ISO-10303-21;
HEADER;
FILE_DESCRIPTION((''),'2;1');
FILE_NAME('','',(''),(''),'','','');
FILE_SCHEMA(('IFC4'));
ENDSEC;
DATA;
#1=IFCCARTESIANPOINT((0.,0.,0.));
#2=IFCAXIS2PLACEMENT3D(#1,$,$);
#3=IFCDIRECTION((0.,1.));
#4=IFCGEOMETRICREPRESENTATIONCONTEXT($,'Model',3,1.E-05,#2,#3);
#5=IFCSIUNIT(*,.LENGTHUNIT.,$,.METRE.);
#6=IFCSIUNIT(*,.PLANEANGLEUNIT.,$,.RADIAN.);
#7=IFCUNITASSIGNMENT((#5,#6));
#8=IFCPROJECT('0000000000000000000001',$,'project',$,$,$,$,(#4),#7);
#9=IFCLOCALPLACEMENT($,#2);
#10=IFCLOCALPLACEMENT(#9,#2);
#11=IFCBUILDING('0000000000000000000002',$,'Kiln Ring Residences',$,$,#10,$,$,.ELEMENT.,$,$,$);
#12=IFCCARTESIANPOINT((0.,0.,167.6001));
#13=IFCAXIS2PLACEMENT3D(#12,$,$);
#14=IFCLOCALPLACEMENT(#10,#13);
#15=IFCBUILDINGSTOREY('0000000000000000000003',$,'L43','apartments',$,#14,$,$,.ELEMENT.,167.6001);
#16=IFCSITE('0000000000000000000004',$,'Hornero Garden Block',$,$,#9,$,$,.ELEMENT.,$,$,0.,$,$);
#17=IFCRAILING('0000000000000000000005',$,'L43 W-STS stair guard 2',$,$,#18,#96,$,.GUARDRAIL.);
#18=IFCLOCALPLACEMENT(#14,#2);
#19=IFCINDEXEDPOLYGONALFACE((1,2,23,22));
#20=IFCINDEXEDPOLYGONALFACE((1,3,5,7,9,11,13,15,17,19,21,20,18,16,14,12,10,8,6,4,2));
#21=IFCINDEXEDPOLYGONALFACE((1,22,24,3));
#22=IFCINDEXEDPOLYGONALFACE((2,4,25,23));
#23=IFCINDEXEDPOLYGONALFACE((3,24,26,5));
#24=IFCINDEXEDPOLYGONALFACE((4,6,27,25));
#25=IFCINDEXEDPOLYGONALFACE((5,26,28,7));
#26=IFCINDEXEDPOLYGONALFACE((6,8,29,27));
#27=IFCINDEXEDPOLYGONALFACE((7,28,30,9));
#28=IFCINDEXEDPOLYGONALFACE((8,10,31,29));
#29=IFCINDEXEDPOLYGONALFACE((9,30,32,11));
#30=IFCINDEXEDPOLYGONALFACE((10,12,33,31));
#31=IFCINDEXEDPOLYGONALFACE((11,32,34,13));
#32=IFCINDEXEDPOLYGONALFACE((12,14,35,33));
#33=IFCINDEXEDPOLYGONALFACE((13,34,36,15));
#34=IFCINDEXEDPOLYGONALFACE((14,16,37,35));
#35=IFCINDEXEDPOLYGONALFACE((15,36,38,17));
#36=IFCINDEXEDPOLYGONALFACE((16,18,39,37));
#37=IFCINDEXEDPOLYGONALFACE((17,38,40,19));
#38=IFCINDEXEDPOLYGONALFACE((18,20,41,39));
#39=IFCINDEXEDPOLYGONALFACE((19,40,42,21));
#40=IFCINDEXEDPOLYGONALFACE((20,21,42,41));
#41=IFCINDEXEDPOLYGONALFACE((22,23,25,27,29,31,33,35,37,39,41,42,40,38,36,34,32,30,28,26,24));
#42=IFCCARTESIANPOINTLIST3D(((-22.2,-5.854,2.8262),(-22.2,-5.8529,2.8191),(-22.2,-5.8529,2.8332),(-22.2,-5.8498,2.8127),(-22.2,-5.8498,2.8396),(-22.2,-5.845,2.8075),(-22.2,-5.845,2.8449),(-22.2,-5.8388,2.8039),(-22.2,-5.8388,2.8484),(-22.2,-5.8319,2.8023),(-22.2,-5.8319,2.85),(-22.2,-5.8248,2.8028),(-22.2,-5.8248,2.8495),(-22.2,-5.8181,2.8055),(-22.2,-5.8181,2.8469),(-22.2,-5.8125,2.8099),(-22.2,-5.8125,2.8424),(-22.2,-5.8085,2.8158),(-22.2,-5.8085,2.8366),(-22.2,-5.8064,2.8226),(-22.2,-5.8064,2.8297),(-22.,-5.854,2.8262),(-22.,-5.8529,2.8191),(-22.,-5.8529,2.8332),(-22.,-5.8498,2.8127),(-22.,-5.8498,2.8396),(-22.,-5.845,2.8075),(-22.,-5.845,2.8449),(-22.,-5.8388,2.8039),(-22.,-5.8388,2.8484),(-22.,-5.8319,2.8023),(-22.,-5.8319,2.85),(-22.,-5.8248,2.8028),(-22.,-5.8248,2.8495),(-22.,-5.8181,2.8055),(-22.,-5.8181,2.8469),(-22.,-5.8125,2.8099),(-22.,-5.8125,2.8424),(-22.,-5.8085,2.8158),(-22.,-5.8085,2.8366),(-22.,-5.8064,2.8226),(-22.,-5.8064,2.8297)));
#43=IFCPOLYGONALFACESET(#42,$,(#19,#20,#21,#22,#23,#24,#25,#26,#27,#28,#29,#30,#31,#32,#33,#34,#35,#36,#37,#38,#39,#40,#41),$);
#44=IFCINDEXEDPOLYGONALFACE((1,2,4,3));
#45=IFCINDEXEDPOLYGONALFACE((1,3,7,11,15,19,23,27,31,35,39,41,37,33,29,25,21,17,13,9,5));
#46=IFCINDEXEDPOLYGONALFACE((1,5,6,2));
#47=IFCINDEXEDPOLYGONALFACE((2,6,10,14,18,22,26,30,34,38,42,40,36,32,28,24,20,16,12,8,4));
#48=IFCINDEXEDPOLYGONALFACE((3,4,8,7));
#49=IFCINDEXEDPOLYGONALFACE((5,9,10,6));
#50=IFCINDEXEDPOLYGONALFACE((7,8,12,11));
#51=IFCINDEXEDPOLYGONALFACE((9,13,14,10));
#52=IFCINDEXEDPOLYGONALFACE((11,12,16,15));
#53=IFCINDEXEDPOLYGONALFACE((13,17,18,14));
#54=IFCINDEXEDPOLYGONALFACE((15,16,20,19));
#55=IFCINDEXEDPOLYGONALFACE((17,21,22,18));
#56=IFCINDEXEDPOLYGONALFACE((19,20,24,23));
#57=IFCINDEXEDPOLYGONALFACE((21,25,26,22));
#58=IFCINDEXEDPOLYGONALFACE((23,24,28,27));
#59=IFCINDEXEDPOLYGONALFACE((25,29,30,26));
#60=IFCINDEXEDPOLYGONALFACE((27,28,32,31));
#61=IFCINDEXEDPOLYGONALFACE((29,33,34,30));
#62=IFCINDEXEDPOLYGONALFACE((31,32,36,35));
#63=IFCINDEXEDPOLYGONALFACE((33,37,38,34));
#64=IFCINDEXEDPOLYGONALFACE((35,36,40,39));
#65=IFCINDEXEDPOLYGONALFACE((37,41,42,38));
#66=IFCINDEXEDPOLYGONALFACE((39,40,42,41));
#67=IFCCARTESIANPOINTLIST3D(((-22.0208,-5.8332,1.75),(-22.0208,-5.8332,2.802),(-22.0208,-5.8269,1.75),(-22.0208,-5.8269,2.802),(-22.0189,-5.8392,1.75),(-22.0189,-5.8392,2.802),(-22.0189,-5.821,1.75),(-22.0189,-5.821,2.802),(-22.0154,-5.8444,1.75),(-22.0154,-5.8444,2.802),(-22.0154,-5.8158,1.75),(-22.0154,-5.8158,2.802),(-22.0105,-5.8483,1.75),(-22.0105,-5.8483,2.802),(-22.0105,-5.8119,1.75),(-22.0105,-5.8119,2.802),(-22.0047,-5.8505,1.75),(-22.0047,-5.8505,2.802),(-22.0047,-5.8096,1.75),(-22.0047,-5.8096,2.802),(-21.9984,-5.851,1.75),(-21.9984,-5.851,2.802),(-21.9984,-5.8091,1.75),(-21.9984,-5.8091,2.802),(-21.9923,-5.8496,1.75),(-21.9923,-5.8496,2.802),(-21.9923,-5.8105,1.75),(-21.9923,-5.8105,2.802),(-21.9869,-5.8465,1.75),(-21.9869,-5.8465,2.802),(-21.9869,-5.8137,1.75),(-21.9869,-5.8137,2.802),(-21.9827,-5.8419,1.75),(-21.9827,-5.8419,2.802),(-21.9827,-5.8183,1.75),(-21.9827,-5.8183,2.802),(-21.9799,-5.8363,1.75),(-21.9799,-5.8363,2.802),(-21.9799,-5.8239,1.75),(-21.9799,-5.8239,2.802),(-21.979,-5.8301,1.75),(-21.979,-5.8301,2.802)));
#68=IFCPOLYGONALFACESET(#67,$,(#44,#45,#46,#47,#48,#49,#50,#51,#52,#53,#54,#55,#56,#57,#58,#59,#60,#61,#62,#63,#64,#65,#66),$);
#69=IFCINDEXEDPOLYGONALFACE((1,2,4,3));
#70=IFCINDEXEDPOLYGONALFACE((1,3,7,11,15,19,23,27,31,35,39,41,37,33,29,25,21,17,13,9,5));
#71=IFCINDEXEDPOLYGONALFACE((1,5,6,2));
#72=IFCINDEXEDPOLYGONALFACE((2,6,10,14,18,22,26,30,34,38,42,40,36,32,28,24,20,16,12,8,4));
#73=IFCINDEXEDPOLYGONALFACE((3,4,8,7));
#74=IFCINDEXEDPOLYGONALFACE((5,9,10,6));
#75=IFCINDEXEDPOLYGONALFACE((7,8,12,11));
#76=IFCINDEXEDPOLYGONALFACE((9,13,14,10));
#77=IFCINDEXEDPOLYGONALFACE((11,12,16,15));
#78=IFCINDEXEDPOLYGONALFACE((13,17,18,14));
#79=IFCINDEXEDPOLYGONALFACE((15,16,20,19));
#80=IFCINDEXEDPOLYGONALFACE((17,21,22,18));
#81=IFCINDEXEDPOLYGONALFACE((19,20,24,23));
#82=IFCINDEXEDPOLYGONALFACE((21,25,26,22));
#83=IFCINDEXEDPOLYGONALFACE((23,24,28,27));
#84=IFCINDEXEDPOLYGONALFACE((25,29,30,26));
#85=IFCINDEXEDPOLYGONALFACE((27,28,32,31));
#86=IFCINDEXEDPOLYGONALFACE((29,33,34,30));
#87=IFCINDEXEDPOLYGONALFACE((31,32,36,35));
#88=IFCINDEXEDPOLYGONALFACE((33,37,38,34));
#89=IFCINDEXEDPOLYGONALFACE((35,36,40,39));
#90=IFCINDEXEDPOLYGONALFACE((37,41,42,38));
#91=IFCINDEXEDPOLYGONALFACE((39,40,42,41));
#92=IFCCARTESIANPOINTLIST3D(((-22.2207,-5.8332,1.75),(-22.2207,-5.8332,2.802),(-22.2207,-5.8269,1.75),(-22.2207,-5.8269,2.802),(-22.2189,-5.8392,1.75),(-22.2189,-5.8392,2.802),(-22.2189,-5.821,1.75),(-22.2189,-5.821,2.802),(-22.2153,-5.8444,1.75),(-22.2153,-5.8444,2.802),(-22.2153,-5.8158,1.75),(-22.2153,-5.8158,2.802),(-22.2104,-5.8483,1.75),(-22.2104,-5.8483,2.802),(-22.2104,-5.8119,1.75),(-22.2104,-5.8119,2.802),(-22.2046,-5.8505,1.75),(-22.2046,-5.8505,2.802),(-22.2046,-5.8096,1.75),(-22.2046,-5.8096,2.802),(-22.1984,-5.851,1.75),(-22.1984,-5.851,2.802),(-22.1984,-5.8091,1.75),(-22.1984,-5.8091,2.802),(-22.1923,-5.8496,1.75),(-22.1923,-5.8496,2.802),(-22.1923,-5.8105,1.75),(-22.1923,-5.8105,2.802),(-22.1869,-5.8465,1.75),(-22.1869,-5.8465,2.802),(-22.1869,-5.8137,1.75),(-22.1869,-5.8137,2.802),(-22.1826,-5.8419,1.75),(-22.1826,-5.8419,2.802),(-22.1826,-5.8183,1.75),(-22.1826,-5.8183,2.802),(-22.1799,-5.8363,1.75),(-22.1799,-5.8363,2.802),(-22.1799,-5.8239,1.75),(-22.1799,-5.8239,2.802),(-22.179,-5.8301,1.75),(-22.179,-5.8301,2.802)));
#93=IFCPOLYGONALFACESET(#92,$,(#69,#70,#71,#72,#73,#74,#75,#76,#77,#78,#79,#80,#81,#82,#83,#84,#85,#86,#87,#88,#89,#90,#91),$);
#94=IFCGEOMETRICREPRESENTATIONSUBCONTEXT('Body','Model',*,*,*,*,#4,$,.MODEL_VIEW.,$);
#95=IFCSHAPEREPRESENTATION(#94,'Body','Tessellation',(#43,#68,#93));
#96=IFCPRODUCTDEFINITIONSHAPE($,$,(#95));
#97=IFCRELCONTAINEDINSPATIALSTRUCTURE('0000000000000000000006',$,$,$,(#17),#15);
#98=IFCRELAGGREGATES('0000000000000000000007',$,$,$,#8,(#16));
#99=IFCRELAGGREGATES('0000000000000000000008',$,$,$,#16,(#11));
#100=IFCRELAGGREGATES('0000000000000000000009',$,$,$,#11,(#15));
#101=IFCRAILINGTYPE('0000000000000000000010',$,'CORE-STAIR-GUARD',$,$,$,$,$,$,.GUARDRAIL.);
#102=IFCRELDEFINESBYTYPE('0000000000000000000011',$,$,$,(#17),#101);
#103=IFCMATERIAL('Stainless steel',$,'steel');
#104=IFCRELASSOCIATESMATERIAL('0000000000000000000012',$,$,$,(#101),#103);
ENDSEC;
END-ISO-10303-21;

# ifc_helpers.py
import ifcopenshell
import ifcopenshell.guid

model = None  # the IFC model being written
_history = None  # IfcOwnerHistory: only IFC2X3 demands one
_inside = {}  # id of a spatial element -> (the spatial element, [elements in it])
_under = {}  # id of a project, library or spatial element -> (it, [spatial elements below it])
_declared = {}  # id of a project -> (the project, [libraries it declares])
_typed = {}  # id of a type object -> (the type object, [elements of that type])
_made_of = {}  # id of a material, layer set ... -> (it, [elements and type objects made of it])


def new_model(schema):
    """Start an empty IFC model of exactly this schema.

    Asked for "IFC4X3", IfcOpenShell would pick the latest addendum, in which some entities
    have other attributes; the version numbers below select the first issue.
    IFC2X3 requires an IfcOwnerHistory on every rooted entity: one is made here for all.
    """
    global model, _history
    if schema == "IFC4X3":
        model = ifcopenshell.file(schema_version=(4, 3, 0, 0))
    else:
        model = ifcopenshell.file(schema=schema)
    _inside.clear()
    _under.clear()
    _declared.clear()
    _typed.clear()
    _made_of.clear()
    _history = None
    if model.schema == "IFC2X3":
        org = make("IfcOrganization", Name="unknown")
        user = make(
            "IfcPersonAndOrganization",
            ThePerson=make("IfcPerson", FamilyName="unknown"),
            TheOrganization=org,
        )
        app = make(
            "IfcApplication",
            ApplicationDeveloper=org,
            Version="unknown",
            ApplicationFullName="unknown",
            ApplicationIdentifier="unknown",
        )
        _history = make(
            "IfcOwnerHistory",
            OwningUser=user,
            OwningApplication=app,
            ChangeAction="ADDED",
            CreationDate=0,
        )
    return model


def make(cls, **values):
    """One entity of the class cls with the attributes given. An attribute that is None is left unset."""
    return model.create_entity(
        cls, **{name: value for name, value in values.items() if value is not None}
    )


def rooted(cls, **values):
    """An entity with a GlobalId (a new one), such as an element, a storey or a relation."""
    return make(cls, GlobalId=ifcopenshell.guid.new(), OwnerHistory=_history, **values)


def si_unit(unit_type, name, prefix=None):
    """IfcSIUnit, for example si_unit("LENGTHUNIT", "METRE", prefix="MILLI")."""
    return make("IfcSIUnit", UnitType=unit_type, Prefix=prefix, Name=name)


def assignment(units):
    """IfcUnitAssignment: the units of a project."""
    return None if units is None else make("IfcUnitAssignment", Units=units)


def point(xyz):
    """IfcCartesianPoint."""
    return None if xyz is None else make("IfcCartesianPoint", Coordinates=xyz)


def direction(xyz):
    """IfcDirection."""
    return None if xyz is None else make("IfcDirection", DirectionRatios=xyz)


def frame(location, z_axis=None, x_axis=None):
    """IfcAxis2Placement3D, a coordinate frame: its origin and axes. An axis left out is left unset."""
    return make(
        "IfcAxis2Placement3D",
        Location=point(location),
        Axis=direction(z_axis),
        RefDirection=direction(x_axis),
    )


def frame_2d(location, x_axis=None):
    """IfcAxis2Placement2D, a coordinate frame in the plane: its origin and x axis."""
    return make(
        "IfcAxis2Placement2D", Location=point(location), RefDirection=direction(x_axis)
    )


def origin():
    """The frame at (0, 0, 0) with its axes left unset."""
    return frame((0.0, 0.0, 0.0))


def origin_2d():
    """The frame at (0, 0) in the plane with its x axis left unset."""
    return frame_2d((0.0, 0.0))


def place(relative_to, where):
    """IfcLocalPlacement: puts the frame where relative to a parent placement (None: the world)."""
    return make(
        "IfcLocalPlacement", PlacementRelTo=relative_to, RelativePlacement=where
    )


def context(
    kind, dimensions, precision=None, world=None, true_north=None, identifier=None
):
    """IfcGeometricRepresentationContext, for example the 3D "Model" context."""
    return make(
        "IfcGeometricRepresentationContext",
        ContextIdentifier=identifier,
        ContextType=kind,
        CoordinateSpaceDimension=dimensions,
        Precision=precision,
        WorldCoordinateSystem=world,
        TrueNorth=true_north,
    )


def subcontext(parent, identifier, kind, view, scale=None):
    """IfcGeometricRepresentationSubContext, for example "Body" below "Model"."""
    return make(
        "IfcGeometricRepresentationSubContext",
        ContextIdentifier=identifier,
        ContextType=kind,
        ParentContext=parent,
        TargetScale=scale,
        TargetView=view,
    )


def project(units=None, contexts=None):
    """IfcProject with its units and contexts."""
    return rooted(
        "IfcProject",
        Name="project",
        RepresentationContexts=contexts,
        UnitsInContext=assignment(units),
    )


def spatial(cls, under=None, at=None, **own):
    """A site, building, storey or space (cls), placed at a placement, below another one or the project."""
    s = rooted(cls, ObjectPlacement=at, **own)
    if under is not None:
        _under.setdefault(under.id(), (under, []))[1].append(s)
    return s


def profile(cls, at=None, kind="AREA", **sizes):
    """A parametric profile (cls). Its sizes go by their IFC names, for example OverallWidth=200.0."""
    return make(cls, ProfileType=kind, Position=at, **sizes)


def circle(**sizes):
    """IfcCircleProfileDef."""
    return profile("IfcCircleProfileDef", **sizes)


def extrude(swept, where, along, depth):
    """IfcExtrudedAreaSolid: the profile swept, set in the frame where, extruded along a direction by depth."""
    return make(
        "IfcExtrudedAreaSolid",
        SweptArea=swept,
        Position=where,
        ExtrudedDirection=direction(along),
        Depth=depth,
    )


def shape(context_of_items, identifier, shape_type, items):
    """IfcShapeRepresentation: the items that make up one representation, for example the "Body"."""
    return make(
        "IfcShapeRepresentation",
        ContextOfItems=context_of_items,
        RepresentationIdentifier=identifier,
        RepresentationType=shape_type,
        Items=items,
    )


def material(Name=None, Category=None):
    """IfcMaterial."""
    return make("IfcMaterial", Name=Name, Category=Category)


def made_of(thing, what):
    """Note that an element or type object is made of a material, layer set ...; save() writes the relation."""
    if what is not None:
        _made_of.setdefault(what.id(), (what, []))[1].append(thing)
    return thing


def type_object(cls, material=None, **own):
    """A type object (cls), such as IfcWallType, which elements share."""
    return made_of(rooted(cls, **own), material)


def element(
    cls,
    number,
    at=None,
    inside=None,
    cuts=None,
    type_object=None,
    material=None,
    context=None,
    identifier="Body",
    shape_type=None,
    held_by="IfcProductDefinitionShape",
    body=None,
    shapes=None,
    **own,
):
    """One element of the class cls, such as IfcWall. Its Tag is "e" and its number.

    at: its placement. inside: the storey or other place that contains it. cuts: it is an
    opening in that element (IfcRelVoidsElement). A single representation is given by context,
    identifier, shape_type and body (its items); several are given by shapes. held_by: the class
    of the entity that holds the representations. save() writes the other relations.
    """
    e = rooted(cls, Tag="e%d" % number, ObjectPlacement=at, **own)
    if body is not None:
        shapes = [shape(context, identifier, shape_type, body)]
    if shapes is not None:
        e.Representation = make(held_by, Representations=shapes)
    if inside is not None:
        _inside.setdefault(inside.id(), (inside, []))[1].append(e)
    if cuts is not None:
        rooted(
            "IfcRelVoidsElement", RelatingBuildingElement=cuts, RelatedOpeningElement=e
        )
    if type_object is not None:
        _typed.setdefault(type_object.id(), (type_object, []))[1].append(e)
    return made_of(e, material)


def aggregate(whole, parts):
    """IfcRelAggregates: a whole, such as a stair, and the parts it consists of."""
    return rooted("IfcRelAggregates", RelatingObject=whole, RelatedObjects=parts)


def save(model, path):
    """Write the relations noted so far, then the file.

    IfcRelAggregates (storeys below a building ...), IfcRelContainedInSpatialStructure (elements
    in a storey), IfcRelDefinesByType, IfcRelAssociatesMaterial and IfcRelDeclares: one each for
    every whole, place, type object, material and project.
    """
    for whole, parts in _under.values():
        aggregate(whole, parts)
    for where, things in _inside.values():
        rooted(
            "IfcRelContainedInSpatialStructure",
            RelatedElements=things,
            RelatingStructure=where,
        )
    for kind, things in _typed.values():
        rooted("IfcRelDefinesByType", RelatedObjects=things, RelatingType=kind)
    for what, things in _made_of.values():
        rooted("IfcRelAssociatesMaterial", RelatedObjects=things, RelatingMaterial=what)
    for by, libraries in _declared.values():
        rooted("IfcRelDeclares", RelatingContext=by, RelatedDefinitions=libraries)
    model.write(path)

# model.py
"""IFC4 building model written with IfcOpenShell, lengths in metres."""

from ifc_helpers import new_model, si_unit, direction, frame, origin, origin_2d, place, context, subcontext, project, spatial, circle, extrude, material, type_object, element, save


model = new_model("IFC4")

# Units and contexts
model_context = context("Model", 3, precision=1e-05, world=origin(), true_north=direction((0.0, 1.0)))
body_context = subcontext(model_context, "Body", "Model", "MODEL_VIEW")
ifc_project = project(units=[si_unit("LENGTHUNIT", "METRE"), si_unit("PLANEANGLEUNIT", "RADIAN")], contexts=[model_context])

# Site, building, storey
site_placement = place(None, origin())
site = spatial("IfcSite", under=ifc_project, at=site_placement, Name="Hornero Garden Block", CompositionType="ELEMENT", RefElevation=0.0)
building_placement = place(site_placement, origin())
building = spatial("IfcBuilding", under=site, at=building_placement, Name="Kiln Ring Residences", CompositionType="ELEMENT")
storey_placement = place(building_placement, frame((0.0, 0.0, 167.6001)))
storey = spatial("IfcBuildingStorey", under=building, at=storey_placement, Name="L43", Description="apartments", CompositionType="ELEMENT", Elevation=167.6001)

# Railing
ifc_material_1 = material(Name="Stainless steel", Category="steel")
railing_type_1 = type_object("IfcRailingType", Name="CORE-STAIR-GUARD", PredefinedType="GUARDRAIL", material=ifc_material_1)
railing_1_placement = place(storey_placement, frame((-22.0, -5.8301, 1.75)))
element("IfcRailing", 1, at=railing_1_placement, inside=storey, type_object=railing_type_1, Name="L43 W-STS stair guard 2", PredefinedType="GUARDRAIL", context=body_context, shape_type="SweptSolid", body=[
    extrude(circle(Radius=0.0239, at=origin_2d()), frame((0.0, 0.0, 1.0762), z_axis=(-1.0, 0.0, 0.0), x_axis=(0.0, -1.0, 0.0)), (0.0, 0.0, 1.0), 0.2),
    extrude(circle(Radius=0.021, at=origin_2d()), origin(), (0.0, 0.0, 1.0), 1.052),
    extrude(circle(Radius=0.021, at=origin_2d()), frame((-0.2, 0.0, 0.0)), (0.0, 0.0, 1.0), 1.052),
])

save(model, "model.ifc")
